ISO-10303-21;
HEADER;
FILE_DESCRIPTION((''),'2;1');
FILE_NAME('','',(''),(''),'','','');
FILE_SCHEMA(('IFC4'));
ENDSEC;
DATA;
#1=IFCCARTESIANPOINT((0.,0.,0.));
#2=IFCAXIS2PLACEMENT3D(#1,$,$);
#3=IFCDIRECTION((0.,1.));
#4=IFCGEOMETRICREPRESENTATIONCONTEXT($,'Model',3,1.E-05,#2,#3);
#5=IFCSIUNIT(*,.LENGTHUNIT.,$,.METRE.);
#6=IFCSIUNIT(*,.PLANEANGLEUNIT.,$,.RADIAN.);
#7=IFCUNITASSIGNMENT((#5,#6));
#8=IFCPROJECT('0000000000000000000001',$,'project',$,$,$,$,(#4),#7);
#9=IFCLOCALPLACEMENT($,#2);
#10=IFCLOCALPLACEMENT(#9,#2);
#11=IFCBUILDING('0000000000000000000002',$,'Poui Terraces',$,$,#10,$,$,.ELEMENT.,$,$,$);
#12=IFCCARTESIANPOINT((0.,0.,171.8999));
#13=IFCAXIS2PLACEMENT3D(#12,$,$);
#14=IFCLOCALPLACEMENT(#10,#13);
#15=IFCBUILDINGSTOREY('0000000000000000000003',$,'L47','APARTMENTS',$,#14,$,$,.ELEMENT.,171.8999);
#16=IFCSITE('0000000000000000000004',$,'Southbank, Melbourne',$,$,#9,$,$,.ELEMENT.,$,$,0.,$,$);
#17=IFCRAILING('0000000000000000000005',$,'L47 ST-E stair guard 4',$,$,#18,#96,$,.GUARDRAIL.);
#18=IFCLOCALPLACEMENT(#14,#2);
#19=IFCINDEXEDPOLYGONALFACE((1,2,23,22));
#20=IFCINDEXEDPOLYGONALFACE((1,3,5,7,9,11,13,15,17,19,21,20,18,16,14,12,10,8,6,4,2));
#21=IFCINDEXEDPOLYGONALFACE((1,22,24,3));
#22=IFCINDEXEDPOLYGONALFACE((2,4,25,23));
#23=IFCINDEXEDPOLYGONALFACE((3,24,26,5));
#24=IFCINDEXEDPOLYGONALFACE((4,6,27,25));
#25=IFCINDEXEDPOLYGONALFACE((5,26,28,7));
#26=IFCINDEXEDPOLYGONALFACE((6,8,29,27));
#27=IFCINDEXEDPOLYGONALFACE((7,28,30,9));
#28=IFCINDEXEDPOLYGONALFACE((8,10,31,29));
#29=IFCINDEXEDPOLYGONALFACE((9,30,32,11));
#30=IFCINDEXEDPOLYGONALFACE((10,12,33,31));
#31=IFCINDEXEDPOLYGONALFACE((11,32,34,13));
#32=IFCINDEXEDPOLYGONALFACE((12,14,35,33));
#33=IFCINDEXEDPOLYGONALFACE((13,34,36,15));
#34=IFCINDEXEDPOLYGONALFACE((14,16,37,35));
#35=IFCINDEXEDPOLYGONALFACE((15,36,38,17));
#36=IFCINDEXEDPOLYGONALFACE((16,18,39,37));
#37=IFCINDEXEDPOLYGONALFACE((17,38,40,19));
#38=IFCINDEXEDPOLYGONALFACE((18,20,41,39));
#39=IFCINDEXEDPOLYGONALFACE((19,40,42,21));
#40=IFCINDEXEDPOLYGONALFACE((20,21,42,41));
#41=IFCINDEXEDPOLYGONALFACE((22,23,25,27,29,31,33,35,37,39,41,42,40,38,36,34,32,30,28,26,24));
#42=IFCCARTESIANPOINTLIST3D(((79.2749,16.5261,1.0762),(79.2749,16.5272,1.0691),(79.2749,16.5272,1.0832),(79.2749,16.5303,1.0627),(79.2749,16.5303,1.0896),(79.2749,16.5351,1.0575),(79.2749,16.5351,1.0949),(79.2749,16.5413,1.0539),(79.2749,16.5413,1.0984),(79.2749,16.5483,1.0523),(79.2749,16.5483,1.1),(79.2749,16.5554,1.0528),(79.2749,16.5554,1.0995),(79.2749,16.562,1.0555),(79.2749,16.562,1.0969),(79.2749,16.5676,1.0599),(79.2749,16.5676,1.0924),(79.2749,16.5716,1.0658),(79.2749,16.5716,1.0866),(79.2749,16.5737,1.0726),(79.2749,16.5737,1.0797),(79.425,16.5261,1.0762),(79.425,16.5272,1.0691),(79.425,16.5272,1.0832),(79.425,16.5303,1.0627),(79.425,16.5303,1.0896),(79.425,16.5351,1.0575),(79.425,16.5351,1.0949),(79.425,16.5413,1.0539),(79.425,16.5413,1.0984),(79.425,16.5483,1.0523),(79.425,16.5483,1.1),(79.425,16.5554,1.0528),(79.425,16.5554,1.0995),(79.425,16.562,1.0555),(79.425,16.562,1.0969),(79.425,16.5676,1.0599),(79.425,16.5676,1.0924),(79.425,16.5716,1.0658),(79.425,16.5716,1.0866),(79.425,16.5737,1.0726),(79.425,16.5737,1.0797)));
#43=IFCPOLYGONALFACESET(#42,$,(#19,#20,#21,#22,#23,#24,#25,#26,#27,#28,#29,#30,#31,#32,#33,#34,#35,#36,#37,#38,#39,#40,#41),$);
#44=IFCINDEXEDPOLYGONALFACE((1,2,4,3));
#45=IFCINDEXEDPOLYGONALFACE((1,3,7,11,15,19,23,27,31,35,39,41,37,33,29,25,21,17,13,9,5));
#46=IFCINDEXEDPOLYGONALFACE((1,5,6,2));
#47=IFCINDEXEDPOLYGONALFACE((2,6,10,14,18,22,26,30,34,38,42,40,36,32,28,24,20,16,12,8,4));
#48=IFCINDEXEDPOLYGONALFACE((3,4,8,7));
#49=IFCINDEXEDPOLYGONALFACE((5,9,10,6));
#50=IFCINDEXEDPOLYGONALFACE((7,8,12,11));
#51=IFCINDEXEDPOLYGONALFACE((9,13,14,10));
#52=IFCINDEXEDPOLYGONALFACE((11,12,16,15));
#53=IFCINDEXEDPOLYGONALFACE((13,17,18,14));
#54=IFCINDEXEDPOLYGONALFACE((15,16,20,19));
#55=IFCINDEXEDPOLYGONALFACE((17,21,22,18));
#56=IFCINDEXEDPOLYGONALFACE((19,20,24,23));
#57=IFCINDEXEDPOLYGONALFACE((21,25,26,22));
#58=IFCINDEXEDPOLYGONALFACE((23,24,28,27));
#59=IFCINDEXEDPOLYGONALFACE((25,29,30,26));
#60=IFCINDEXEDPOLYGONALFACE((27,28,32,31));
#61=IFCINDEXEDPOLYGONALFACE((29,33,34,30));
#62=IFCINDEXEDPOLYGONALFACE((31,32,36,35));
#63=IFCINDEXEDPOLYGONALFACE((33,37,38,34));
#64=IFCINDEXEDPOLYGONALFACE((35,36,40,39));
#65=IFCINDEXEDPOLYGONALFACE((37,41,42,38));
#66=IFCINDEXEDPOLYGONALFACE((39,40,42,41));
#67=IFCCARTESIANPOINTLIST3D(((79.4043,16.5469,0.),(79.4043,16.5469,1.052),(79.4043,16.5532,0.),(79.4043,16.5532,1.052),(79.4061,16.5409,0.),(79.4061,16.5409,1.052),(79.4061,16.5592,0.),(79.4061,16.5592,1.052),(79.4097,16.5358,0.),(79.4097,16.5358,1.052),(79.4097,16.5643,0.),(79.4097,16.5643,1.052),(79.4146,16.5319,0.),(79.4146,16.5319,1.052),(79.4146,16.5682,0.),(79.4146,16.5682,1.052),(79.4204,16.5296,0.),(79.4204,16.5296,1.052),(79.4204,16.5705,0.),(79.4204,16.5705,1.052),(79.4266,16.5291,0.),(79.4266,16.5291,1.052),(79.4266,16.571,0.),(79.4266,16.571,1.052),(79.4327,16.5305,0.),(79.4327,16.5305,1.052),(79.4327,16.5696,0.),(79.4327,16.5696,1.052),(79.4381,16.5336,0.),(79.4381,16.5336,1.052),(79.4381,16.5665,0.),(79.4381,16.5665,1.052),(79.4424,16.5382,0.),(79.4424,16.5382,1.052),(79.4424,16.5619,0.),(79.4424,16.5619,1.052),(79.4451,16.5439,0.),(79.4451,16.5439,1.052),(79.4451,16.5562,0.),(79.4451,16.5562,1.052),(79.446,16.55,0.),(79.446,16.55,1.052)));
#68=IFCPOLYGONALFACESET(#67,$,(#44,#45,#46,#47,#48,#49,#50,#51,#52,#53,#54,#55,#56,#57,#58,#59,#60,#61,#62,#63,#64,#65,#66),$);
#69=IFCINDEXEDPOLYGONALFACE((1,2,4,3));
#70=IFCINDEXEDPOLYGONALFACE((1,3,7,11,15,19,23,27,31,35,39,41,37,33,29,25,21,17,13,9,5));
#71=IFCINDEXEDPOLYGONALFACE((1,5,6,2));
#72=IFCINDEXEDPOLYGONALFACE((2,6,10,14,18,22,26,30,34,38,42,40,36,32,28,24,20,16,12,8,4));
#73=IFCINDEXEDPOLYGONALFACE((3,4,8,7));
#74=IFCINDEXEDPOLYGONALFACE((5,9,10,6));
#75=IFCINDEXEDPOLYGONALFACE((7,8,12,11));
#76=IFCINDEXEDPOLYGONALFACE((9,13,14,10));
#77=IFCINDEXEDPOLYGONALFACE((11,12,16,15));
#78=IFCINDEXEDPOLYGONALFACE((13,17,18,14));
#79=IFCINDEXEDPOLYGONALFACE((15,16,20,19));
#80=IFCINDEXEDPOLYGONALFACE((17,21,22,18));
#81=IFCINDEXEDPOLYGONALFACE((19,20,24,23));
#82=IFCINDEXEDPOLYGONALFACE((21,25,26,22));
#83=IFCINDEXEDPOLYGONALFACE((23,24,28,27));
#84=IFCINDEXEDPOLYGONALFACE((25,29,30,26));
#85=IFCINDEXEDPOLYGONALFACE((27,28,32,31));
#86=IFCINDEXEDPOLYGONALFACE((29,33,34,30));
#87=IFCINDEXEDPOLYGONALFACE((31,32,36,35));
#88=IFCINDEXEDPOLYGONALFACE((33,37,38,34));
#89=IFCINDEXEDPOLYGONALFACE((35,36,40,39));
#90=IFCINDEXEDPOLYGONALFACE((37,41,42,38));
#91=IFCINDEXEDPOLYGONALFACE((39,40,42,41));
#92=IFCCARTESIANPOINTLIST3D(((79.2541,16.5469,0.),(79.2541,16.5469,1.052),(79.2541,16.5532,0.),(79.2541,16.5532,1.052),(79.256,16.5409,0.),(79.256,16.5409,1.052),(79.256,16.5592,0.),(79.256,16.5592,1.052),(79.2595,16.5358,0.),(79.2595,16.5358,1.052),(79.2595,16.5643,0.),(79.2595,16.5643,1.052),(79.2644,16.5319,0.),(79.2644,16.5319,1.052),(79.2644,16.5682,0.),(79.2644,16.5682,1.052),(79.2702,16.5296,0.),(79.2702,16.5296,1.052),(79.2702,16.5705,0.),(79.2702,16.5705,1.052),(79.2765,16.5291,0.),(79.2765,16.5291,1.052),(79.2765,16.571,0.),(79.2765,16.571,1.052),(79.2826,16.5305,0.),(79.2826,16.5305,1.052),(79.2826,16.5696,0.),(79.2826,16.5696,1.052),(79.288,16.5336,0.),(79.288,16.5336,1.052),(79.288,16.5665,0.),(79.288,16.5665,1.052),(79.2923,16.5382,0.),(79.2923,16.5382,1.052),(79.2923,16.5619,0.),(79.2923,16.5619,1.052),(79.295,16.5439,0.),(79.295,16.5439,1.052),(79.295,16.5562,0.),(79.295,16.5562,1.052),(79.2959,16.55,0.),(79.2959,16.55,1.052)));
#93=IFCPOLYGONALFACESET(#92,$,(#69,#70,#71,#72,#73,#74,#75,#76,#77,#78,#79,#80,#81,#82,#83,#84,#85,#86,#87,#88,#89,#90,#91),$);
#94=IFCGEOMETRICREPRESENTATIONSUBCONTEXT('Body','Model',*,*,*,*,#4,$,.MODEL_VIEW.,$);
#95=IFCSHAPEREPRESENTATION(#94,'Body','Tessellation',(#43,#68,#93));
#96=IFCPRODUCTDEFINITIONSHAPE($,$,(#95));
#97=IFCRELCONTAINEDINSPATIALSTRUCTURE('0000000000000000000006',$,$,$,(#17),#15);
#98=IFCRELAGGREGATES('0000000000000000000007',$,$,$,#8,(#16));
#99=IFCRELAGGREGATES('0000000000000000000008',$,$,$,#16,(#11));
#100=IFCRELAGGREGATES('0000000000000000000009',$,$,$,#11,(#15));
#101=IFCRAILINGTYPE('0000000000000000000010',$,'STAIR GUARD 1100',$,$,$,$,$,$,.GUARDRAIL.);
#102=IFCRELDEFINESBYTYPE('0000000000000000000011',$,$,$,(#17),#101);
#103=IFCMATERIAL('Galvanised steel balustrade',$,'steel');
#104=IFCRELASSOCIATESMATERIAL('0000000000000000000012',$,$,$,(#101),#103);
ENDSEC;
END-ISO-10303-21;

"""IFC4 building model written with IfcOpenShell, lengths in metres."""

from ifc_helpers import new_model, si_unit, direction, frame, origin, origin_2d, place, context, subcontext, project, spatial, circle, extrude, material, type_object, element, save


model = new_model("IFC4")

# Units and contexts
model_context = context("Model", 3, precision=1e-05, world=origin(), true_north=direction((0.0, 1.0)))
body_context = subcontext(model_context, "Body", "Model", "MODEL_VIEW")
ifc_project = project(units=[si_unit("LENGTHUNIT", "METRE"), si_unit("PLANEANGLEUNIT", "RADIAN")], contexts=[model_context])

# Site, building, storey
site_placement = place(None, origin())
site = spatial("IfcSite", under=ifc_project, at=site_placement, Name="Southbank, Melbourne", CompositionType="ELEMENT", RefElevation=0.0)
building_placement = place(site_placement, origin())
building = spatial("IfcBuilding", under=site, at=building_placement, Name="Poui Terraces", CompositionType="ELEMENT")
storey_placement = place(building_placement, frame((0.0, 0.0, 171.8999)))
storey = spatial("IfcBuildingStorey", under=building, at=storey_placement, Name="L47", Description="APARTMENTS", CompositionType="ELEMENT", Elevation=171.8999)

# Railing
ifc_material_1 = material(Name="Galvanised steel balustrade", Category="steel")
railing_type_1 = type_object("IfcRailingType", Name="STAIR GUARD 1100", PredefinedType="GUARDRAIL", material=ifc_material_1)
railing_1_placement = place(storey_placement, frame((79.425, 16.55, 0.0)))
element("IfcRailing", 1, at=railing_1_placement, inside=storey, type_object=railing_type_1, Name="L47 ST-E stair guard 4", PredefinedType="GUARDRAIL", context=body_context, shape_type="SweptSolid", body=[
    extrude(circle(Radius=0.0239, at=origin_2d()), frame((0.0, 0.0, 1.0762), z_axis=(-1.0, 0.0, 0.0), x_axis=(0.0, -1.0, 0.0)), (0.0, 0.0, 1.0), 0.1501),
    extrude(circle(Radius=0.021, at=origin_2d()), origin(), (0.0, 0.0, 1.0), 1.052),
    extrude(circle(Radius=0.021, at=origin_2d()), frame((-0.1501, 0.0, 0.0)), (0.0, 0.0, 1.0), 1.052),
])

save(model, "model.ifc")
